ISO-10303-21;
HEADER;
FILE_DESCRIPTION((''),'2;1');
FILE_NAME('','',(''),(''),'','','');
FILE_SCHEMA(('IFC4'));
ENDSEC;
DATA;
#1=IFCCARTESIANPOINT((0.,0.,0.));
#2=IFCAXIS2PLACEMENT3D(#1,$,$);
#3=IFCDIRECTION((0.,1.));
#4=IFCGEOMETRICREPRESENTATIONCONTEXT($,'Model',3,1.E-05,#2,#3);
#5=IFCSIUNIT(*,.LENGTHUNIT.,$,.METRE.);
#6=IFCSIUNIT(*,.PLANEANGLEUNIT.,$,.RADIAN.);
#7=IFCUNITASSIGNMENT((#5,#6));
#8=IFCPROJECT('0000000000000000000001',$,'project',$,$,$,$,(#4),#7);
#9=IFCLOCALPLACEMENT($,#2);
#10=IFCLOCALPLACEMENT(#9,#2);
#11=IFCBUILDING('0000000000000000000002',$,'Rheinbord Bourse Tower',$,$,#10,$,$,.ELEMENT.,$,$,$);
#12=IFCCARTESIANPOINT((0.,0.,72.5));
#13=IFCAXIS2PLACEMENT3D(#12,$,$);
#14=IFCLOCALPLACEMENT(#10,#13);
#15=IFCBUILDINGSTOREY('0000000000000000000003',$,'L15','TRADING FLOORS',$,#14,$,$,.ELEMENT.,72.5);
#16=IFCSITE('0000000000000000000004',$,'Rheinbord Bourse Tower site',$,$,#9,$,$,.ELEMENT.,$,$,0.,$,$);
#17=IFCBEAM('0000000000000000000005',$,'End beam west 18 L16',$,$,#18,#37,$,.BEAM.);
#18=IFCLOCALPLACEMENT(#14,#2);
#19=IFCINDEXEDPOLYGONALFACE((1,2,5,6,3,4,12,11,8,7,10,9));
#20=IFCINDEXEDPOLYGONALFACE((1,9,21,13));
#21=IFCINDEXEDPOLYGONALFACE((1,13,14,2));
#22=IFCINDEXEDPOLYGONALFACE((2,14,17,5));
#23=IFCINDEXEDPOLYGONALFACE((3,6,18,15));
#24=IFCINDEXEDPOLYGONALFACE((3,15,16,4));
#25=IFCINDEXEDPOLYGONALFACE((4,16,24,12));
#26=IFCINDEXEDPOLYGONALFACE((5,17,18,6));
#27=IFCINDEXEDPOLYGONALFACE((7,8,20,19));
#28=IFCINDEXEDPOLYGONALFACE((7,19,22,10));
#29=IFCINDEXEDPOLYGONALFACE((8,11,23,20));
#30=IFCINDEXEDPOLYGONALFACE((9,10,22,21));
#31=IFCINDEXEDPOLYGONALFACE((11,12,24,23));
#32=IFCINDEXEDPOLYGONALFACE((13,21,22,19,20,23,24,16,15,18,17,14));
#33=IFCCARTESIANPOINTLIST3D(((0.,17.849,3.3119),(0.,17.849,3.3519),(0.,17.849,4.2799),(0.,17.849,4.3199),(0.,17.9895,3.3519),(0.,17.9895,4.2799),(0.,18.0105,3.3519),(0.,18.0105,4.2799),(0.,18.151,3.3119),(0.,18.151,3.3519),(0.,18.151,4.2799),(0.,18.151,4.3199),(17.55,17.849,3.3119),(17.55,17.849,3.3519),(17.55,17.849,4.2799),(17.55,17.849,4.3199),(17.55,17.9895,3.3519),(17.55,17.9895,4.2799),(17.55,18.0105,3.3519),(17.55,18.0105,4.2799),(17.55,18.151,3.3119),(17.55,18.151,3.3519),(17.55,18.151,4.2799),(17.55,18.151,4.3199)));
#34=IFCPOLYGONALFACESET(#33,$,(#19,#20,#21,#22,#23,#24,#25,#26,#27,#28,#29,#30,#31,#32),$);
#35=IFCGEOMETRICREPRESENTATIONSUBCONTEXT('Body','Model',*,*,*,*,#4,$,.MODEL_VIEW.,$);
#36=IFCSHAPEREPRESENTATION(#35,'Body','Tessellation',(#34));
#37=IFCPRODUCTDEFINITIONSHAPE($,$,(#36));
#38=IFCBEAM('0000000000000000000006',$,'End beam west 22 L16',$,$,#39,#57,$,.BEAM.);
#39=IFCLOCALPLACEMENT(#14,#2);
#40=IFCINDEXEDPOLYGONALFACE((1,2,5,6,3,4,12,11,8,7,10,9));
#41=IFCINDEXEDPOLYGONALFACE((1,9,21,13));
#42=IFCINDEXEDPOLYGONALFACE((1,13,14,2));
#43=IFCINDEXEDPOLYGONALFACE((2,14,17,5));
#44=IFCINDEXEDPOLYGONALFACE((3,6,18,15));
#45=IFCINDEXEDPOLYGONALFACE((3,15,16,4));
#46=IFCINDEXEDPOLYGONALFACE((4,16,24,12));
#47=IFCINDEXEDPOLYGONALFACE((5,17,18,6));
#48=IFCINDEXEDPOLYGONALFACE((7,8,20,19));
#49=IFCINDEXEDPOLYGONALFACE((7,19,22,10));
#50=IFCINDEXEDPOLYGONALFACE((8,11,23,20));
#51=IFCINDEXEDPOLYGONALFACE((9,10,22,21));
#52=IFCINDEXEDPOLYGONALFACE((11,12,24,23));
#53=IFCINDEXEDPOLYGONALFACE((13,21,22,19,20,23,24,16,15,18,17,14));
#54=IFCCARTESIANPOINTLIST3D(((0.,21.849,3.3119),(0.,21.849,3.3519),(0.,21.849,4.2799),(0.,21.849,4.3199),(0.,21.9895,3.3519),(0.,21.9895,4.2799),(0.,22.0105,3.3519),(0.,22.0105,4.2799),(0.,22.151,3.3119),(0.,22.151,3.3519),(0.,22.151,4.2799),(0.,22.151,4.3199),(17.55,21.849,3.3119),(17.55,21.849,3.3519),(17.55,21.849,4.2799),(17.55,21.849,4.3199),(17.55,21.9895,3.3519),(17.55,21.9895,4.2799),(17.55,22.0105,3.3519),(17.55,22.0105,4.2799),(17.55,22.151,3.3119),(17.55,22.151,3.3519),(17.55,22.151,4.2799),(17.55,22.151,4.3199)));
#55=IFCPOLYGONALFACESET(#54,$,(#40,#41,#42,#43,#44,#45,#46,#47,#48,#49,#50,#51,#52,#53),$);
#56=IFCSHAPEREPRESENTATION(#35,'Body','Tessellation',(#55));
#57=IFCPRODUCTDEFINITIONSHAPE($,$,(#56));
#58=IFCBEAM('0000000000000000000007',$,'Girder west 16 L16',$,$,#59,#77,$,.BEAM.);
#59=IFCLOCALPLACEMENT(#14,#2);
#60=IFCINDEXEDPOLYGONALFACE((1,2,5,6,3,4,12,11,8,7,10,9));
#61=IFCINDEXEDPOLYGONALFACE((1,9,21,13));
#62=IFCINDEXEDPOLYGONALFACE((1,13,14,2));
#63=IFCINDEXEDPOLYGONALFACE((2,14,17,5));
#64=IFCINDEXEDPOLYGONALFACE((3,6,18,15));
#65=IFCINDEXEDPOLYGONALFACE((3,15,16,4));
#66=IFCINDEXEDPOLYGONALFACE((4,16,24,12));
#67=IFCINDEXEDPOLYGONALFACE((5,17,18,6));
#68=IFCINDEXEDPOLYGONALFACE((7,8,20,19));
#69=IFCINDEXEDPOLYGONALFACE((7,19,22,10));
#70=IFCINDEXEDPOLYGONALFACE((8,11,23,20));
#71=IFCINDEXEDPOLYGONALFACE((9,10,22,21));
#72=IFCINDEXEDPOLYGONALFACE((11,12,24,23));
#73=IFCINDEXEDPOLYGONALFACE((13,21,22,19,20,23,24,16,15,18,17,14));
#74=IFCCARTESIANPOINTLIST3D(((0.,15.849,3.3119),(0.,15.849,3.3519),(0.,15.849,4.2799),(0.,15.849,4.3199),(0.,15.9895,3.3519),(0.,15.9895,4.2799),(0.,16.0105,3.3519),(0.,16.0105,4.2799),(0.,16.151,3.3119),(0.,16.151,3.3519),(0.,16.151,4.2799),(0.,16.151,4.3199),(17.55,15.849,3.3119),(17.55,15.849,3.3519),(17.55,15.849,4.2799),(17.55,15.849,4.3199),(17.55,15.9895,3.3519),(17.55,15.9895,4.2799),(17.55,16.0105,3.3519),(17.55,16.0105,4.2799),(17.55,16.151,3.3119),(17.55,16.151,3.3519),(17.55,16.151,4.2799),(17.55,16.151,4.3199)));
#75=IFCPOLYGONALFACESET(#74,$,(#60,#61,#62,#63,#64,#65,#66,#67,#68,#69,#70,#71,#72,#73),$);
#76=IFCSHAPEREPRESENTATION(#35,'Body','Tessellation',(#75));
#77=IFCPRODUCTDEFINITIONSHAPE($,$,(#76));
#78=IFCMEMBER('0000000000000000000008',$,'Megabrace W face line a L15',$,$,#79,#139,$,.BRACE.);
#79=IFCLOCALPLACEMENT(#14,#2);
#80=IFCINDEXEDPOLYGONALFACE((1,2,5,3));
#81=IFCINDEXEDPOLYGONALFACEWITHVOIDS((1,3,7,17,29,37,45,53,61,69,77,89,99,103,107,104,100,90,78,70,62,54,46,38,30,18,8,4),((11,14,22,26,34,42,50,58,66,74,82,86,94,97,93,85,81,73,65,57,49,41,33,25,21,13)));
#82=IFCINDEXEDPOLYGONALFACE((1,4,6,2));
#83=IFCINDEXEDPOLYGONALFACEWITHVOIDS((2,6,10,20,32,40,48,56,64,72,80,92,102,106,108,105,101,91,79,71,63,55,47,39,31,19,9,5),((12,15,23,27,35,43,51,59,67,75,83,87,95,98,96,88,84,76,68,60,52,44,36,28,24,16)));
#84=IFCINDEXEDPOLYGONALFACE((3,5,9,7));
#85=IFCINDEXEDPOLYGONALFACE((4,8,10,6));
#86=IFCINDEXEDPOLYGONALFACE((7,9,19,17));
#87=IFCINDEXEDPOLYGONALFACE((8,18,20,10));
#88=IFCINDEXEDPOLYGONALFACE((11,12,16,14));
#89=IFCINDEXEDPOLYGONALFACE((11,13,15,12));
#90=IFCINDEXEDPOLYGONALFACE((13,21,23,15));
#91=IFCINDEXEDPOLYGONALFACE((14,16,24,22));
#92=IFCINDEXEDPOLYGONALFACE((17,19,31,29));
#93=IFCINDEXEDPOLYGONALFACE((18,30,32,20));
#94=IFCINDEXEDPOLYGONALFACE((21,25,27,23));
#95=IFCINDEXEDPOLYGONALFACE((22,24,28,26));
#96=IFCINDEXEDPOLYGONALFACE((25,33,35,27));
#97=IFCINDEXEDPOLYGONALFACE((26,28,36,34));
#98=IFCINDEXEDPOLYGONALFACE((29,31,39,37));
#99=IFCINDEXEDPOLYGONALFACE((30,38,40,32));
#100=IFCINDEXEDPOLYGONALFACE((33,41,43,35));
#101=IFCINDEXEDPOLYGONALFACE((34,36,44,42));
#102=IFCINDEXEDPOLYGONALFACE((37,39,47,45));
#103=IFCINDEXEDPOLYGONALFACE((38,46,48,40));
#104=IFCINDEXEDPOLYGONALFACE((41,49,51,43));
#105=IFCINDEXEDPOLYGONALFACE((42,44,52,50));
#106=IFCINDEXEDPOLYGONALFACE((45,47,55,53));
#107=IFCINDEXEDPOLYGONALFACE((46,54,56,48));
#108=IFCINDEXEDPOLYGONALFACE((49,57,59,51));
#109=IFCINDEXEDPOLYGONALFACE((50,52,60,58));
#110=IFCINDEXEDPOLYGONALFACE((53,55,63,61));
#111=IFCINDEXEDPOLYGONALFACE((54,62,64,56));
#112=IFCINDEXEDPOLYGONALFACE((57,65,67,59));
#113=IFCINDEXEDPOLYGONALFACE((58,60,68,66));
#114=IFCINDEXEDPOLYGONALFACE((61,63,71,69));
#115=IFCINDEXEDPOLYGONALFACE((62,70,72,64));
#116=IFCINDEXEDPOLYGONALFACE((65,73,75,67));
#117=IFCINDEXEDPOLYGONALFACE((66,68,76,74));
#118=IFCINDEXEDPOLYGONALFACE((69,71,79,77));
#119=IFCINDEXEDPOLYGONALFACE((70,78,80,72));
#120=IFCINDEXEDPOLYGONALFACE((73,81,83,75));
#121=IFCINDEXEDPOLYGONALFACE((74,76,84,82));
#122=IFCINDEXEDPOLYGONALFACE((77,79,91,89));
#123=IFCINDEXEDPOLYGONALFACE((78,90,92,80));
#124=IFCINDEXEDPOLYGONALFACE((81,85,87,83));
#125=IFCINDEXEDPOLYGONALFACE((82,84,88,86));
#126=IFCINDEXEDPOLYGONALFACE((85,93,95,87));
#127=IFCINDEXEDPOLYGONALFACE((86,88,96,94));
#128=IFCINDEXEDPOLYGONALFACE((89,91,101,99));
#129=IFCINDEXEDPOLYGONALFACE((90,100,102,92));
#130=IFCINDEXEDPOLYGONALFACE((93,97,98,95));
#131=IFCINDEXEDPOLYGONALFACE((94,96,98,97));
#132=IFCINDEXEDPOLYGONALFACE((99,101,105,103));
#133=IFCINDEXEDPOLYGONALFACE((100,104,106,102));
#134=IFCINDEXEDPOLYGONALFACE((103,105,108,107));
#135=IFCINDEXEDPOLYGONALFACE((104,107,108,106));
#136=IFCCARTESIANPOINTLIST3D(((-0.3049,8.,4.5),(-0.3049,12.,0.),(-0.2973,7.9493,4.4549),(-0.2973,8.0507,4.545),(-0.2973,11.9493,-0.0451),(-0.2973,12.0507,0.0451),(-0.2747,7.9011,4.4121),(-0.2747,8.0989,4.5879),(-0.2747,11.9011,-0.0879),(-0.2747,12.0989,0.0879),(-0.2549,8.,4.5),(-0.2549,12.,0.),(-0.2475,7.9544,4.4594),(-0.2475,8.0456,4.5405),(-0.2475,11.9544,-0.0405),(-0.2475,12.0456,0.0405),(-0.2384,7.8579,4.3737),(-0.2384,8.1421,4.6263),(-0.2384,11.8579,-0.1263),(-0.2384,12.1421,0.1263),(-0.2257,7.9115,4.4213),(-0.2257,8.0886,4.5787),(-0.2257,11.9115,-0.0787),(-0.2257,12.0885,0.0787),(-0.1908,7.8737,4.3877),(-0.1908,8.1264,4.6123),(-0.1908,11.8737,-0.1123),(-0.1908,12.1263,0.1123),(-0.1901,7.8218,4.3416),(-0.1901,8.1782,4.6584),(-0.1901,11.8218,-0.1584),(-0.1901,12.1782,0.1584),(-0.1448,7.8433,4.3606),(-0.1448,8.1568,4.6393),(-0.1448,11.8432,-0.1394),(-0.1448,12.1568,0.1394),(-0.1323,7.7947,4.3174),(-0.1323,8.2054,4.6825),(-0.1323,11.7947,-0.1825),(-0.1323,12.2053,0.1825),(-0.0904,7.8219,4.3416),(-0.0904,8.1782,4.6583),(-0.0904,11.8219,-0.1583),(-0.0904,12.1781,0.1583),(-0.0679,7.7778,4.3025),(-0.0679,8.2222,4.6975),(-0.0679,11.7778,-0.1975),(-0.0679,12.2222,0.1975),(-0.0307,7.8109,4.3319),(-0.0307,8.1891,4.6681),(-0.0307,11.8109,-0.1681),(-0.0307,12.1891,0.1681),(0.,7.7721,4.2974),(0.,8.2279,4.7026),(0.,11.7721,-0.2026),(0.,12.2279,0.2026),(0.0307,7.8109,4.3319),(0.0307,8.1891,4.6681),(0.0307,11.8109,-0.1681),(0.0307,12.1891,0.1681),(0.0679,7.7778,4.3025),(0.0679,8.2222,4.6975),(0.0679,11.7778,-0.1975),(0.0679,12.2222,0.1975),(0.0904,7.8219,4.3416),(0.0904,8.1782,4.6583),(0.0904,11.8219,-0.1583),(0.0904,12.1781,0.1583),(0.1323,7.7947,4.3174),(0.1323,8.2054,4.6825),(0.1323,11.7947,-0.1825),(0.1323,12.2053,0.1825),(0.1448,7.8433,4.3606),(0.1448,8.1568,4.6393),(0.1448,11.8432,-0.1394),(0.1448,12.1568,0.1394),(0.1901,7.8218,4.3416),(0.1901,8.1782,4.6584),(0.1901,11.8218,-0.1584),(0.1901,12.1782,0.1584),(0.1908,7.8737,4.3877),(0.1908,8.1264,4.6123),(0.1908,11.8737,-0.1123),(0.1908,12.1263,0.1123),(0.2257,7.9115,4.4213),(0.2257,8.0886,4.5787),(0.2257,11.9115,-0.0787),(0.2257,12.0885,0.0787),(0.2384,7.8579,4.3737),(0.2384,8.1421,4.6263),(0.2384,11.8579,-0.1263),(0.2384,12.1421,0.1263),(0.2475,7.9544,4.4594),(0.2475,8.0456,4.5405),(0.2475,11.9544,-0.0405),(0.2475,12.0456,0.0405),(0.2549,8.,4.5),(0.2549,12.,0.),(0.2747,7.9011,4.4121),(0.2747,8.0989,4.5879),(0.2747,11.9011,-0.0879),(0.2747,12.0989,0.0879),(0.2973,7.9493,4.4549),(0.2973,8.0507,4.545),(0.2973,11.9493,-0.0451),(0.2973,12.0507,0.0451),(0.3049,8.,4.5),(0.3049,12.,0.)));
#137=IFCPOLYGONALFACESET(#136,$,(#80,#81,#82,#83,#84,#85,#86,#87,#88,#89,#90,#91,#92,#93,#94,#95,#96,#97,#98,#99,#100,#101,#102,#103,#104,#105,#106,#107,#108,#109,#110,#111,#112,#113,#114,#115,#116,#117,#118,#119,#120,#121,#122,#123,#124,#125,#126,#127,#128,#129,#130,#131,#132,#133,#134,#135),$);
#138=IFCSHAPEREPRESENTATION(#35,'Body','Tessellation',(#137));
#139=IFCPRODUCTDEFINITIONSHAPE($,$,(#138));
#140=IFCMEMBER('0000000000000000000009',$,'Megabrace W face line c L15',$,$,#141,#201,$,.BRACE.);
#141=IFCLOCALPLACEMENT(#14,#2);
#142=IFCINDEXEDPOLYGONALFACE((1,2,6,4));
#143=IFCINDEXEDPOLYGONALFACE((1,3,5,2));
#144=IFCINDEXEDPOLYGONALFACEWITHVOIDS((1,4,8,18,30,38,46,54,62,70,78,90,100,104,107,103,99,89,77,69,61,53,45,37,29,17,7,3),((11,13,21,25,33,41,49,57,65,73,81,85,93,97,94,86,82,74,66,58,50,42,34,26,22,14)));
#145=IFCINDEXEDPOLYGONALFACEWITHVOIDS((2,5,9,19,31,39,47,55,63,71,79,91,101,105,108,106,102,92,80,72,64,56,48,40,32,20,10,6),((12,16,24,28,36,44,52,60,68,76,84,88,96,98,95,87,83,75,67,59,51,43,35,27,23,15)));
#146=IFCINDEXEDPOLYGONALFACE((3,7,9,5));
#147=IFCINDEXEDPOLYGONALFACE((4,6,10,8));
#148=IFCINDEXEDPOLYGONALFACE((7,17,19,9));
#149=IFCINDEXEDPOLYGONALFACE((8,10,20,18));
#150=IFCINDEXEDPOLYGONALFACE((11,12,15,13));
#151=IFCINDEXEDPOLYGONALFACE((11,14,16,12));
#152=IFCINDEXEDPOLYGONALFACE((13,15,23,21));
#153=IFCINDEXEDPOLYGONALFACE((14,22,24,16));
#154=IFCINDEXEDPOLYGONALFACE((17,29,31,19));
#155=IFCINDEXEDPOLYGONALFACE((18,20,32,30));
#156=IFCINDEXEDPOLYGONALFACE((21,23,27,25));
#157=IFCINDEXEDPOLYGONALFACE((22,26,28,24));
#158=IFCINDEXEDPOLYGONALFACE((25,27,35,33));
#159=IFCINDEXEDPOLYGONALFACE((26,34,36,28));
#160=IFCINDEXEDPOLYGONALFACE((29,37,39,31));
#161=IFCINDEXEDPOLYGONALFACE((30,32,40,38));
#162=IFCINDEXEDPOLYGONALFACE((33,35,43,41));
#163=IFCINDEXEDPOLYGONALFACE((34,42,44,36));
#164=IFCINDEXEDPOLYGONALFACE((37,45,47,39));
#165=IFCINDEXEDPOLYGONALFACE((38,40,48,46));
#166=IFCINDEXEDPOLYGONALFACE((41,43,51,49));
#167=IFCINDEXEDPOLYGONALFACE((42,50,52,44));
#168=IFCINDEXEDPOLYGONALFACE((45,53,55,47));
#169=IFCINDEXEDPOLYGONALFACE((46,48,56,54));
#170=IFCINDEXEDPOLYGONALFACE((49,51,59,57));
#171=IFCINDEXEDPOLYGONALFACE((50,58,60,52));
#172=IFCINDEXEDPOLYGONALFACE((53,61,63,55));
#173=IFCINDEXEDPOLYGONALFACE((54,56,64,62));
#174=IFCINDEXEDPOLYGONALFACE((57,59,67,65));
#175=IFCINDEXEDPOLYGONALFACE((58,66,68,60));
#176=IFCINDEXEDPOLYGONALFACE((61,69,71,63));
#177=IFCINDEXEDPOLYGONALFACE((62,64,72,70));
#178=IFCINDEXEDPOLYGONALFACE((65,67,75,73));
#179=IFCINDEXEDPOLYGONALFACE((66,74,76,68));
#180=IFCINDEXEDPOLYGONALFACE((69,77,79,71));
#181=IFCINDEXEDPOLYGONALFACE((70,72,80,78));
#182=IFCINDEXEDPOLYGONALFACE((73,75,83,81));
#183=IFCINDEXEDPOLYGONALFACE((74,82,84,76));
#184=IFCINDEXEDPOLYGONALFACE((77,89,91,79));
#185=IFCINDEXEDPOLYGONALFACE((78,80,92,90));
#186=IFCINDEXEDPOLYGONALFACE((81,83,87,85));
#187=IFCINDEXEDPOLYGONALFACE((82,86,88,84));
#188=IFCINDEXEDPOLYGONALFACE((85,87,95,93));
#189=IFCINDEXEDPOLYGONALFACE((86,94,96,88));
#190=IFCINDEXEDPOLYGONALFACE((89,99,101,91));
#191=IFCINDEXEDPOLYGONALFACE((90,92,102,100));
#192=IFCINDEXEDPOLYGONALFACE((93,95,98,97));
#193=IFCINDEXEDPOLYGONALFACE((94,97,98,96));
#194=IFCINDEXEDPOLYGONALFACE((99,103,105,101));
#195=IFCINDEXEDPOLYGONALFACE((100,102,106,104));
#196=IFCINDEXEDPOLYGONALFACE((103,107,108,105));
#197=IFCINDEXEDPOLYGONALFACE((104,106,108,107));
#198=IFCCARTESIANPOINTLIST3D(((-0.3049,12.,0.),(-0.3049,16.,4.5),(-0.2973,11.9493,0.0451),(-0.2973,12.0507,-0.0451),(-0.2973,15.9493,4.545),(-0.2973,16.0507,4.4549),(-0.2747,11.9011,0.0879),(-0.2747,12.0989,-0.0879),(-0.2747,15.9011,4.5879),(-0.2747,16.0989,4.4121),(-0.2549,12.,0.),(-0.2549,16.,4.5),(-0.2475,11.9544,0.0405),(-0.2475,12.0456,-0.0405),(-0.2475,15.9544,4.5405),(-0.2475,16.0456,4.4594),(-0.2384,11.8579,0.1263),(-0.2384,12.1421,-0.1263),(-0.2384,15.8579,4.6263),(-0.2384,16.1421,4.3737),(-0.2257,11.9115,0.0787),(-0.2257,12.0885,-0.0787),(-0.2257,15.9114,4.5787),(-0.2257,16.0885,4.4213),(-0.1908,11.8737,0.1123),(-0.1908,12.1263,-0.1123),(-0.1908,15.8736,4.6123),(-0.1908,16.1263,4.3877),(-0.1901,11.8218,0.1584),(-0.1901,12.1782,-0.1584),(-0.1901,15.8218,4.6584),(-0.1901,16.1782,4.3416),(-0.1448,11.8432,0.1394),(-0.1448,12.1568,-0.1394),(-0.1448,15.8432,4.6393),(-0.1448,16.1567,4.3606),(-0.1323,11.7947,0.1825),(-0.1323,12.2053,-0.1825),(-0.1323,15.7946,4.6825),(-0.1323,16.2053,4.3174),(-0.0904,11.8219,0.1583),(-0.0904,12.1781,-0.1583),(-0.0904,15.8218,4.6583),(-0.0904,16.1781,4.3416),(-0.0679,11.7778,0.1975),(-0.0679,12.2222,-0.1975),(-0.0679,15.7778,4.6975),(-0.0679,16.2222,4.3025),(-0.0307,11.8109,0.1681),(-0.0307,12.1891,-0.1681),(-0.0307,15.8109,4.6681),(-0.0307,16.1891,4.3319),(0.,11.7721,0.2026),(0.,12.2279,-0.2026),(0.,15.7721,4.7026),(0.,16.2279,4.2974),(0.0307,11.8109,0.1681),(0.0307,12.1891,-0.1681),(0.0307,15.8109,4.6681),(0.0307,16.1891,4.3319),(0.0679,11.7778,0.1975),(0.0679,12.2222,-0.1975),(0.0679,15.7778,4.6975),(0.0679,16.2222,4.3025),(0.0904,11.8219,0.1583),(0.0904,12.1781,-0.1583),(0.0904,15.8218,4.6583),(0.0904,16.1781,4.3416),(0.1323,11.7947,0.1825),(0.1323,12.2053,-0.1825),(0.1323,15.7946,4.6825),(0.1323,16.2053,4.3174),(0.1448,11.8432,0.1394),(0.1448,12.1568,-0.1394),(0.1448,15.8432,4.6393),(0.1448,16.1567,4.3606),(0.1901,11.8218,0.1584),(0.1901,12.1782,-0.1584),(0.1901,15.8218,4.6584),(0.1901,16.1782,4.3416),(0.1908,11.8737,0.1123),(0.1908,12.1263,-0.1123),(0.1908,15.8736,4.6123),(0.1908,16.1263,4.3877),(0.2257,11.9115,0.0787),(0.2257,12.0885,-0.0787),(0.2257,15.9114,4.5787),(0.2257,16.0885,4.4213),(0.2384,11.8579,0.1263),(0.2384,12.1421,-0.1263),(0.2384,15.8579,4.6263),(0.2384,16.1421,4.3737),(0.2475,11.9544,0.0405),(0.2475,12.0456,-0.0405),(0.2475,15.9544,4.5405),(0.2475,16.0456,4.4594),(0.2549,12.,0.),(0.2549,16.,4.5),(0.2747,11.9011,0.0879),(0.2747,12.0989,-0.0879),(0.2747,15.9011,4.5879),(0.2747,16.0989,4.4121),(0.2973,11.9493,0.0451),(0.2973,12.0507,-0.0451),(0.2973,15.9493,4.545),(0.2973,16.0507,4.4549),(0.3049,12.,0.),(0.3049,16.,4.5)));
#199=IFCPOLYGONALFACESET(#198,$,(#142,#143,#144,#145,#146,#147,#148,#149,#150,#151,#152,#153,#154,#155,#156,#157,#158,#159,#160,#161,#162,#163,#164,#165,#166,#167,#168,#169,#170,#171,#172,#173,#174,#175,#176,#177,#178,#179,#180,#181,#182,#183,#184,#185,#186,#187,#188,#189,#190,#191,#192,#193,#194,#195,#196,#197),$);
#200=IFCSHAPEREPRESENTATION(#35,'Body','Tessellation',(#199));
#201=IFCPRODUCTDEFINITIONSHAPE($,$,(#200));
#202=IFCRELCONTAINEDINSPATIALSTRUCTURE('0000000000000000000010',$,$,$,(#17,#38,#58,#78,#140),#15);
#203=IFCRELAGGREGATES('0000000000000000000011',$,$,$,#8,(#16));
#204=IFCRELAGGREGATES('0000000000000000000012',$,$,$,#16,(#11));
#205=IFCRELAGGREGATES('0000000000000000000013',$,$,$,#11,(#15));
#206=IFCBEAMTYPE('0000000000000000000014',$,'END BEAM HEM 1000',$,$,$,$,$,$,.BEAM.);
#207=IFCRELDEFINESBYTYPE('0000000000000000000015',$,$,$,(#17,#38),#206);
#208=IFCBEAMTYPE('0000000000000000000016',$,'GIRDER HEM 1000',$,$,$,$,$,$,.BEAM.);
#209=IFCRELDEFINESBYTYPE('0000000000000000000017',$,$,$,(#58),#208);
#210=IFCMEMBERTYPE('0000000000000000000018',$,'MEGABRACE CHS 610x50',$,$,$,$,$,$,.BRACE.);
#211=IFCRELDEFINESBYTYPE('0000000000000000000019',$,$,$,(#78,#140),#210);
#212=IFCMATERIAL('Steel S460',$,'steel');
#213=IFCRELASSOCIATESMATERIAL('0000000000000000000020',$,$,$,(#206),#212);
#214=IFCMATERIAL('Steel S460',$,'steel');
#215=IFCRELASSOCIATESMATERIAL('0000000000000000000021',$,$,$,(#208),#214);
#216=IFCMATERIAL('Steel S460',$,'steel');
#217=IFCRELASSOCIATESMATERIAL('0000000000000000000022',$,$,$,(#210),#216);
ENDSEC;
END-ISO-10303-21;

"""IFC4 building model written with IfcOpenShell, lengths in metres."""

from ifc_helpers import new_model, si_unit, direction, frame, origin, origin_2d, place, context, subcontext, project, spatial, hollow_circle, i_section, extrude, material, material_profile, profile_set, type_object, element, save


model = new_model("IFC4")

# Units and contexts
model_context = context("Model", 3, precision=1e-05, world=origin(), true_north=direction((0.0, 1.0)))
body_context = subcontext(model_context, "Body", "Model", "MODEL_VIEW")
ifc_project = project(units=[si_unit("LENGTHUNIT", "METRE"), si_unit("PLANEANGLEUNIT", "RADIAN")], contexts=[model_context])

# Site, building, storey
site_placement = place(None, origin())
site = spatial("IfcSite", under=ifc_project, at=site_placement, Name="Rheinbord Bourse Tower site", CompositionType="ELEMENT", RefElevation=0.0)
building_placement = place(site_placement, origin())
building = spatial("IfcBuilding", under=site, at=building_placement, Name="Rheinbord Bourse Tower", CompositionType="ELEMENT")
storey_placement = place(building_placement, frame((0.0, 0.0, 72.5)))
storey = spatial("IfcBuildingStorey", under=building, at=storey_placement, Name="L15", Description="TRADING FLOORS", CompositionType="ELEMENT", Elevation=72.5)

# Beams
ifc_material_1 = material(Name="Steel S460", Category="steel")
ifc_material_profile_1 = material_profile(ifc_material_1, i_section(OverallWidth=0.302, OverallDepth=1.0081, WebThickness=0.021, FlangeThickness=0.04, at=origin_2d()), Name="HEM 1000")
ifc_profile_set_1 = profile_set([ifc_material_profile_1], Name="Steel S460")
beam_type_1 = type_object("IfcBeamType", Name="END BEAM HEM 1000", PredefinedType="BEAM", material=ifc_profile_set_1)
for number, where, z_axis, x_axis, name in (
    (1, (0.0, 18.0, 3.8159), (1.0, 0.0, 0.0), (0.0, 1.0, 0.0), "End beam west 18 L16"),
    (2, (0.0, 22.0, 3.8159), (1.0, 0.0, 0.0), (0.0, 1.0, 0.0), "End beam west 22 L16"),
):
    element("IfcBeam", number, at=place(storey_placement, frame(where, z_axis=z_axis, x_axis=x_axis)), inside=storey, type_object=beam_type_1, Name=name, PredefinedType="BEAM", context=body_context, shape_type="SweptSolid", body=[
        extrude(i_section(OverallWidth=0.302, OverallDepth=1.0081, WebThickness=0.021, FlangeThickness=0.04, at=origin_2d()), origin(), (0.0, 0.0, 1.0), 17.55),
    ])
ifc_material_2 = material(Name="Steel S460", Category="steel")
ifc_material_profile_2 = material_profile(ifc_material_2, i_section(OverallWidth=0.302, OverallDepth=1.0081, WebThickness=0.021, FlangeThickness=0.04, at=origin_2d()), Name="HEM 1000")
ifc_profile_set_2 = profile_set([ifc_material_profile_2], Name="Steel S460")
beam_type_2 = type_object("IfcBeamType", Name="GIRDER HEM 1000", PredefinedType="BEAM", material=ifc_profile_set_2)
beam_1_placement = place(storey_placement, frame((0.0, 16.0, 3.8159), z_axis=(1.0, 0.0, 0.0), x_axis=(0.0, 1.0, 0.0)))
element("IfcBeam", 3, at=beam_1_placement, inside=storey, type_object=beam_type_2, Name="Girder west 16 L16", PredefinedType="BEAM", context=body_context, shape_type="SweptSolid", body=[
    extrude(i_section(OverallWidth=0.302, OverallDepth=1.0081, WebThickness=0.021, FlangeThickness=0.04, at=origin_2d()), origin(), (0.0, 0.0, 1.0), 17.55),
])

# Members
ifc_material_3 = material(Name="Steel S460", Category="steel")
ifc_material_profile_3 = material_profile(ifc_material_3, hollow_circle(Radius=0.3049, WallThickness=0.05, at=origin_2d()), Name="CHS 610x50")
ifc_profile_set_3 = profile_set([ifc_material_profile_3], Name="Steel S460")
member_type_1 = type_object("IfcMemberType", Name="MEGABRACE CHS 610x50", PredefinedType="BRACE", material=ifc_profile_set_3)
for number, where, z_axis, x_axis, name in (
    (4, (0.0, 12.0, 0.0), (0.0, -0.664364, 0.747409), (1.0, 0.0, 0.0), "Megabrace W face line a L15"),
    (5, (0.0, 12.0, 0.0), (0.0, 0.664364, 0.747409), (-1.0, 0.0, 0.0), "Megabrace W face line c L15"),
):
    element("IfcMember", number, at=place(storey_placement, frame(where, z_axis=z_axis, x_axis=x_axis)), inside=storey, type_object=member_type_1, Name=name, PredefinedType="BRACE", context=body_context, shape_type="SweptSolid", body=[
        extrude(hollow_circle(Radius=0.3049, WallThickness=0.05, at=origin_2d()), origin(), (0.0, 0.0, 1.0), 6.0208),
    ])

save(model, "model.ifc")
